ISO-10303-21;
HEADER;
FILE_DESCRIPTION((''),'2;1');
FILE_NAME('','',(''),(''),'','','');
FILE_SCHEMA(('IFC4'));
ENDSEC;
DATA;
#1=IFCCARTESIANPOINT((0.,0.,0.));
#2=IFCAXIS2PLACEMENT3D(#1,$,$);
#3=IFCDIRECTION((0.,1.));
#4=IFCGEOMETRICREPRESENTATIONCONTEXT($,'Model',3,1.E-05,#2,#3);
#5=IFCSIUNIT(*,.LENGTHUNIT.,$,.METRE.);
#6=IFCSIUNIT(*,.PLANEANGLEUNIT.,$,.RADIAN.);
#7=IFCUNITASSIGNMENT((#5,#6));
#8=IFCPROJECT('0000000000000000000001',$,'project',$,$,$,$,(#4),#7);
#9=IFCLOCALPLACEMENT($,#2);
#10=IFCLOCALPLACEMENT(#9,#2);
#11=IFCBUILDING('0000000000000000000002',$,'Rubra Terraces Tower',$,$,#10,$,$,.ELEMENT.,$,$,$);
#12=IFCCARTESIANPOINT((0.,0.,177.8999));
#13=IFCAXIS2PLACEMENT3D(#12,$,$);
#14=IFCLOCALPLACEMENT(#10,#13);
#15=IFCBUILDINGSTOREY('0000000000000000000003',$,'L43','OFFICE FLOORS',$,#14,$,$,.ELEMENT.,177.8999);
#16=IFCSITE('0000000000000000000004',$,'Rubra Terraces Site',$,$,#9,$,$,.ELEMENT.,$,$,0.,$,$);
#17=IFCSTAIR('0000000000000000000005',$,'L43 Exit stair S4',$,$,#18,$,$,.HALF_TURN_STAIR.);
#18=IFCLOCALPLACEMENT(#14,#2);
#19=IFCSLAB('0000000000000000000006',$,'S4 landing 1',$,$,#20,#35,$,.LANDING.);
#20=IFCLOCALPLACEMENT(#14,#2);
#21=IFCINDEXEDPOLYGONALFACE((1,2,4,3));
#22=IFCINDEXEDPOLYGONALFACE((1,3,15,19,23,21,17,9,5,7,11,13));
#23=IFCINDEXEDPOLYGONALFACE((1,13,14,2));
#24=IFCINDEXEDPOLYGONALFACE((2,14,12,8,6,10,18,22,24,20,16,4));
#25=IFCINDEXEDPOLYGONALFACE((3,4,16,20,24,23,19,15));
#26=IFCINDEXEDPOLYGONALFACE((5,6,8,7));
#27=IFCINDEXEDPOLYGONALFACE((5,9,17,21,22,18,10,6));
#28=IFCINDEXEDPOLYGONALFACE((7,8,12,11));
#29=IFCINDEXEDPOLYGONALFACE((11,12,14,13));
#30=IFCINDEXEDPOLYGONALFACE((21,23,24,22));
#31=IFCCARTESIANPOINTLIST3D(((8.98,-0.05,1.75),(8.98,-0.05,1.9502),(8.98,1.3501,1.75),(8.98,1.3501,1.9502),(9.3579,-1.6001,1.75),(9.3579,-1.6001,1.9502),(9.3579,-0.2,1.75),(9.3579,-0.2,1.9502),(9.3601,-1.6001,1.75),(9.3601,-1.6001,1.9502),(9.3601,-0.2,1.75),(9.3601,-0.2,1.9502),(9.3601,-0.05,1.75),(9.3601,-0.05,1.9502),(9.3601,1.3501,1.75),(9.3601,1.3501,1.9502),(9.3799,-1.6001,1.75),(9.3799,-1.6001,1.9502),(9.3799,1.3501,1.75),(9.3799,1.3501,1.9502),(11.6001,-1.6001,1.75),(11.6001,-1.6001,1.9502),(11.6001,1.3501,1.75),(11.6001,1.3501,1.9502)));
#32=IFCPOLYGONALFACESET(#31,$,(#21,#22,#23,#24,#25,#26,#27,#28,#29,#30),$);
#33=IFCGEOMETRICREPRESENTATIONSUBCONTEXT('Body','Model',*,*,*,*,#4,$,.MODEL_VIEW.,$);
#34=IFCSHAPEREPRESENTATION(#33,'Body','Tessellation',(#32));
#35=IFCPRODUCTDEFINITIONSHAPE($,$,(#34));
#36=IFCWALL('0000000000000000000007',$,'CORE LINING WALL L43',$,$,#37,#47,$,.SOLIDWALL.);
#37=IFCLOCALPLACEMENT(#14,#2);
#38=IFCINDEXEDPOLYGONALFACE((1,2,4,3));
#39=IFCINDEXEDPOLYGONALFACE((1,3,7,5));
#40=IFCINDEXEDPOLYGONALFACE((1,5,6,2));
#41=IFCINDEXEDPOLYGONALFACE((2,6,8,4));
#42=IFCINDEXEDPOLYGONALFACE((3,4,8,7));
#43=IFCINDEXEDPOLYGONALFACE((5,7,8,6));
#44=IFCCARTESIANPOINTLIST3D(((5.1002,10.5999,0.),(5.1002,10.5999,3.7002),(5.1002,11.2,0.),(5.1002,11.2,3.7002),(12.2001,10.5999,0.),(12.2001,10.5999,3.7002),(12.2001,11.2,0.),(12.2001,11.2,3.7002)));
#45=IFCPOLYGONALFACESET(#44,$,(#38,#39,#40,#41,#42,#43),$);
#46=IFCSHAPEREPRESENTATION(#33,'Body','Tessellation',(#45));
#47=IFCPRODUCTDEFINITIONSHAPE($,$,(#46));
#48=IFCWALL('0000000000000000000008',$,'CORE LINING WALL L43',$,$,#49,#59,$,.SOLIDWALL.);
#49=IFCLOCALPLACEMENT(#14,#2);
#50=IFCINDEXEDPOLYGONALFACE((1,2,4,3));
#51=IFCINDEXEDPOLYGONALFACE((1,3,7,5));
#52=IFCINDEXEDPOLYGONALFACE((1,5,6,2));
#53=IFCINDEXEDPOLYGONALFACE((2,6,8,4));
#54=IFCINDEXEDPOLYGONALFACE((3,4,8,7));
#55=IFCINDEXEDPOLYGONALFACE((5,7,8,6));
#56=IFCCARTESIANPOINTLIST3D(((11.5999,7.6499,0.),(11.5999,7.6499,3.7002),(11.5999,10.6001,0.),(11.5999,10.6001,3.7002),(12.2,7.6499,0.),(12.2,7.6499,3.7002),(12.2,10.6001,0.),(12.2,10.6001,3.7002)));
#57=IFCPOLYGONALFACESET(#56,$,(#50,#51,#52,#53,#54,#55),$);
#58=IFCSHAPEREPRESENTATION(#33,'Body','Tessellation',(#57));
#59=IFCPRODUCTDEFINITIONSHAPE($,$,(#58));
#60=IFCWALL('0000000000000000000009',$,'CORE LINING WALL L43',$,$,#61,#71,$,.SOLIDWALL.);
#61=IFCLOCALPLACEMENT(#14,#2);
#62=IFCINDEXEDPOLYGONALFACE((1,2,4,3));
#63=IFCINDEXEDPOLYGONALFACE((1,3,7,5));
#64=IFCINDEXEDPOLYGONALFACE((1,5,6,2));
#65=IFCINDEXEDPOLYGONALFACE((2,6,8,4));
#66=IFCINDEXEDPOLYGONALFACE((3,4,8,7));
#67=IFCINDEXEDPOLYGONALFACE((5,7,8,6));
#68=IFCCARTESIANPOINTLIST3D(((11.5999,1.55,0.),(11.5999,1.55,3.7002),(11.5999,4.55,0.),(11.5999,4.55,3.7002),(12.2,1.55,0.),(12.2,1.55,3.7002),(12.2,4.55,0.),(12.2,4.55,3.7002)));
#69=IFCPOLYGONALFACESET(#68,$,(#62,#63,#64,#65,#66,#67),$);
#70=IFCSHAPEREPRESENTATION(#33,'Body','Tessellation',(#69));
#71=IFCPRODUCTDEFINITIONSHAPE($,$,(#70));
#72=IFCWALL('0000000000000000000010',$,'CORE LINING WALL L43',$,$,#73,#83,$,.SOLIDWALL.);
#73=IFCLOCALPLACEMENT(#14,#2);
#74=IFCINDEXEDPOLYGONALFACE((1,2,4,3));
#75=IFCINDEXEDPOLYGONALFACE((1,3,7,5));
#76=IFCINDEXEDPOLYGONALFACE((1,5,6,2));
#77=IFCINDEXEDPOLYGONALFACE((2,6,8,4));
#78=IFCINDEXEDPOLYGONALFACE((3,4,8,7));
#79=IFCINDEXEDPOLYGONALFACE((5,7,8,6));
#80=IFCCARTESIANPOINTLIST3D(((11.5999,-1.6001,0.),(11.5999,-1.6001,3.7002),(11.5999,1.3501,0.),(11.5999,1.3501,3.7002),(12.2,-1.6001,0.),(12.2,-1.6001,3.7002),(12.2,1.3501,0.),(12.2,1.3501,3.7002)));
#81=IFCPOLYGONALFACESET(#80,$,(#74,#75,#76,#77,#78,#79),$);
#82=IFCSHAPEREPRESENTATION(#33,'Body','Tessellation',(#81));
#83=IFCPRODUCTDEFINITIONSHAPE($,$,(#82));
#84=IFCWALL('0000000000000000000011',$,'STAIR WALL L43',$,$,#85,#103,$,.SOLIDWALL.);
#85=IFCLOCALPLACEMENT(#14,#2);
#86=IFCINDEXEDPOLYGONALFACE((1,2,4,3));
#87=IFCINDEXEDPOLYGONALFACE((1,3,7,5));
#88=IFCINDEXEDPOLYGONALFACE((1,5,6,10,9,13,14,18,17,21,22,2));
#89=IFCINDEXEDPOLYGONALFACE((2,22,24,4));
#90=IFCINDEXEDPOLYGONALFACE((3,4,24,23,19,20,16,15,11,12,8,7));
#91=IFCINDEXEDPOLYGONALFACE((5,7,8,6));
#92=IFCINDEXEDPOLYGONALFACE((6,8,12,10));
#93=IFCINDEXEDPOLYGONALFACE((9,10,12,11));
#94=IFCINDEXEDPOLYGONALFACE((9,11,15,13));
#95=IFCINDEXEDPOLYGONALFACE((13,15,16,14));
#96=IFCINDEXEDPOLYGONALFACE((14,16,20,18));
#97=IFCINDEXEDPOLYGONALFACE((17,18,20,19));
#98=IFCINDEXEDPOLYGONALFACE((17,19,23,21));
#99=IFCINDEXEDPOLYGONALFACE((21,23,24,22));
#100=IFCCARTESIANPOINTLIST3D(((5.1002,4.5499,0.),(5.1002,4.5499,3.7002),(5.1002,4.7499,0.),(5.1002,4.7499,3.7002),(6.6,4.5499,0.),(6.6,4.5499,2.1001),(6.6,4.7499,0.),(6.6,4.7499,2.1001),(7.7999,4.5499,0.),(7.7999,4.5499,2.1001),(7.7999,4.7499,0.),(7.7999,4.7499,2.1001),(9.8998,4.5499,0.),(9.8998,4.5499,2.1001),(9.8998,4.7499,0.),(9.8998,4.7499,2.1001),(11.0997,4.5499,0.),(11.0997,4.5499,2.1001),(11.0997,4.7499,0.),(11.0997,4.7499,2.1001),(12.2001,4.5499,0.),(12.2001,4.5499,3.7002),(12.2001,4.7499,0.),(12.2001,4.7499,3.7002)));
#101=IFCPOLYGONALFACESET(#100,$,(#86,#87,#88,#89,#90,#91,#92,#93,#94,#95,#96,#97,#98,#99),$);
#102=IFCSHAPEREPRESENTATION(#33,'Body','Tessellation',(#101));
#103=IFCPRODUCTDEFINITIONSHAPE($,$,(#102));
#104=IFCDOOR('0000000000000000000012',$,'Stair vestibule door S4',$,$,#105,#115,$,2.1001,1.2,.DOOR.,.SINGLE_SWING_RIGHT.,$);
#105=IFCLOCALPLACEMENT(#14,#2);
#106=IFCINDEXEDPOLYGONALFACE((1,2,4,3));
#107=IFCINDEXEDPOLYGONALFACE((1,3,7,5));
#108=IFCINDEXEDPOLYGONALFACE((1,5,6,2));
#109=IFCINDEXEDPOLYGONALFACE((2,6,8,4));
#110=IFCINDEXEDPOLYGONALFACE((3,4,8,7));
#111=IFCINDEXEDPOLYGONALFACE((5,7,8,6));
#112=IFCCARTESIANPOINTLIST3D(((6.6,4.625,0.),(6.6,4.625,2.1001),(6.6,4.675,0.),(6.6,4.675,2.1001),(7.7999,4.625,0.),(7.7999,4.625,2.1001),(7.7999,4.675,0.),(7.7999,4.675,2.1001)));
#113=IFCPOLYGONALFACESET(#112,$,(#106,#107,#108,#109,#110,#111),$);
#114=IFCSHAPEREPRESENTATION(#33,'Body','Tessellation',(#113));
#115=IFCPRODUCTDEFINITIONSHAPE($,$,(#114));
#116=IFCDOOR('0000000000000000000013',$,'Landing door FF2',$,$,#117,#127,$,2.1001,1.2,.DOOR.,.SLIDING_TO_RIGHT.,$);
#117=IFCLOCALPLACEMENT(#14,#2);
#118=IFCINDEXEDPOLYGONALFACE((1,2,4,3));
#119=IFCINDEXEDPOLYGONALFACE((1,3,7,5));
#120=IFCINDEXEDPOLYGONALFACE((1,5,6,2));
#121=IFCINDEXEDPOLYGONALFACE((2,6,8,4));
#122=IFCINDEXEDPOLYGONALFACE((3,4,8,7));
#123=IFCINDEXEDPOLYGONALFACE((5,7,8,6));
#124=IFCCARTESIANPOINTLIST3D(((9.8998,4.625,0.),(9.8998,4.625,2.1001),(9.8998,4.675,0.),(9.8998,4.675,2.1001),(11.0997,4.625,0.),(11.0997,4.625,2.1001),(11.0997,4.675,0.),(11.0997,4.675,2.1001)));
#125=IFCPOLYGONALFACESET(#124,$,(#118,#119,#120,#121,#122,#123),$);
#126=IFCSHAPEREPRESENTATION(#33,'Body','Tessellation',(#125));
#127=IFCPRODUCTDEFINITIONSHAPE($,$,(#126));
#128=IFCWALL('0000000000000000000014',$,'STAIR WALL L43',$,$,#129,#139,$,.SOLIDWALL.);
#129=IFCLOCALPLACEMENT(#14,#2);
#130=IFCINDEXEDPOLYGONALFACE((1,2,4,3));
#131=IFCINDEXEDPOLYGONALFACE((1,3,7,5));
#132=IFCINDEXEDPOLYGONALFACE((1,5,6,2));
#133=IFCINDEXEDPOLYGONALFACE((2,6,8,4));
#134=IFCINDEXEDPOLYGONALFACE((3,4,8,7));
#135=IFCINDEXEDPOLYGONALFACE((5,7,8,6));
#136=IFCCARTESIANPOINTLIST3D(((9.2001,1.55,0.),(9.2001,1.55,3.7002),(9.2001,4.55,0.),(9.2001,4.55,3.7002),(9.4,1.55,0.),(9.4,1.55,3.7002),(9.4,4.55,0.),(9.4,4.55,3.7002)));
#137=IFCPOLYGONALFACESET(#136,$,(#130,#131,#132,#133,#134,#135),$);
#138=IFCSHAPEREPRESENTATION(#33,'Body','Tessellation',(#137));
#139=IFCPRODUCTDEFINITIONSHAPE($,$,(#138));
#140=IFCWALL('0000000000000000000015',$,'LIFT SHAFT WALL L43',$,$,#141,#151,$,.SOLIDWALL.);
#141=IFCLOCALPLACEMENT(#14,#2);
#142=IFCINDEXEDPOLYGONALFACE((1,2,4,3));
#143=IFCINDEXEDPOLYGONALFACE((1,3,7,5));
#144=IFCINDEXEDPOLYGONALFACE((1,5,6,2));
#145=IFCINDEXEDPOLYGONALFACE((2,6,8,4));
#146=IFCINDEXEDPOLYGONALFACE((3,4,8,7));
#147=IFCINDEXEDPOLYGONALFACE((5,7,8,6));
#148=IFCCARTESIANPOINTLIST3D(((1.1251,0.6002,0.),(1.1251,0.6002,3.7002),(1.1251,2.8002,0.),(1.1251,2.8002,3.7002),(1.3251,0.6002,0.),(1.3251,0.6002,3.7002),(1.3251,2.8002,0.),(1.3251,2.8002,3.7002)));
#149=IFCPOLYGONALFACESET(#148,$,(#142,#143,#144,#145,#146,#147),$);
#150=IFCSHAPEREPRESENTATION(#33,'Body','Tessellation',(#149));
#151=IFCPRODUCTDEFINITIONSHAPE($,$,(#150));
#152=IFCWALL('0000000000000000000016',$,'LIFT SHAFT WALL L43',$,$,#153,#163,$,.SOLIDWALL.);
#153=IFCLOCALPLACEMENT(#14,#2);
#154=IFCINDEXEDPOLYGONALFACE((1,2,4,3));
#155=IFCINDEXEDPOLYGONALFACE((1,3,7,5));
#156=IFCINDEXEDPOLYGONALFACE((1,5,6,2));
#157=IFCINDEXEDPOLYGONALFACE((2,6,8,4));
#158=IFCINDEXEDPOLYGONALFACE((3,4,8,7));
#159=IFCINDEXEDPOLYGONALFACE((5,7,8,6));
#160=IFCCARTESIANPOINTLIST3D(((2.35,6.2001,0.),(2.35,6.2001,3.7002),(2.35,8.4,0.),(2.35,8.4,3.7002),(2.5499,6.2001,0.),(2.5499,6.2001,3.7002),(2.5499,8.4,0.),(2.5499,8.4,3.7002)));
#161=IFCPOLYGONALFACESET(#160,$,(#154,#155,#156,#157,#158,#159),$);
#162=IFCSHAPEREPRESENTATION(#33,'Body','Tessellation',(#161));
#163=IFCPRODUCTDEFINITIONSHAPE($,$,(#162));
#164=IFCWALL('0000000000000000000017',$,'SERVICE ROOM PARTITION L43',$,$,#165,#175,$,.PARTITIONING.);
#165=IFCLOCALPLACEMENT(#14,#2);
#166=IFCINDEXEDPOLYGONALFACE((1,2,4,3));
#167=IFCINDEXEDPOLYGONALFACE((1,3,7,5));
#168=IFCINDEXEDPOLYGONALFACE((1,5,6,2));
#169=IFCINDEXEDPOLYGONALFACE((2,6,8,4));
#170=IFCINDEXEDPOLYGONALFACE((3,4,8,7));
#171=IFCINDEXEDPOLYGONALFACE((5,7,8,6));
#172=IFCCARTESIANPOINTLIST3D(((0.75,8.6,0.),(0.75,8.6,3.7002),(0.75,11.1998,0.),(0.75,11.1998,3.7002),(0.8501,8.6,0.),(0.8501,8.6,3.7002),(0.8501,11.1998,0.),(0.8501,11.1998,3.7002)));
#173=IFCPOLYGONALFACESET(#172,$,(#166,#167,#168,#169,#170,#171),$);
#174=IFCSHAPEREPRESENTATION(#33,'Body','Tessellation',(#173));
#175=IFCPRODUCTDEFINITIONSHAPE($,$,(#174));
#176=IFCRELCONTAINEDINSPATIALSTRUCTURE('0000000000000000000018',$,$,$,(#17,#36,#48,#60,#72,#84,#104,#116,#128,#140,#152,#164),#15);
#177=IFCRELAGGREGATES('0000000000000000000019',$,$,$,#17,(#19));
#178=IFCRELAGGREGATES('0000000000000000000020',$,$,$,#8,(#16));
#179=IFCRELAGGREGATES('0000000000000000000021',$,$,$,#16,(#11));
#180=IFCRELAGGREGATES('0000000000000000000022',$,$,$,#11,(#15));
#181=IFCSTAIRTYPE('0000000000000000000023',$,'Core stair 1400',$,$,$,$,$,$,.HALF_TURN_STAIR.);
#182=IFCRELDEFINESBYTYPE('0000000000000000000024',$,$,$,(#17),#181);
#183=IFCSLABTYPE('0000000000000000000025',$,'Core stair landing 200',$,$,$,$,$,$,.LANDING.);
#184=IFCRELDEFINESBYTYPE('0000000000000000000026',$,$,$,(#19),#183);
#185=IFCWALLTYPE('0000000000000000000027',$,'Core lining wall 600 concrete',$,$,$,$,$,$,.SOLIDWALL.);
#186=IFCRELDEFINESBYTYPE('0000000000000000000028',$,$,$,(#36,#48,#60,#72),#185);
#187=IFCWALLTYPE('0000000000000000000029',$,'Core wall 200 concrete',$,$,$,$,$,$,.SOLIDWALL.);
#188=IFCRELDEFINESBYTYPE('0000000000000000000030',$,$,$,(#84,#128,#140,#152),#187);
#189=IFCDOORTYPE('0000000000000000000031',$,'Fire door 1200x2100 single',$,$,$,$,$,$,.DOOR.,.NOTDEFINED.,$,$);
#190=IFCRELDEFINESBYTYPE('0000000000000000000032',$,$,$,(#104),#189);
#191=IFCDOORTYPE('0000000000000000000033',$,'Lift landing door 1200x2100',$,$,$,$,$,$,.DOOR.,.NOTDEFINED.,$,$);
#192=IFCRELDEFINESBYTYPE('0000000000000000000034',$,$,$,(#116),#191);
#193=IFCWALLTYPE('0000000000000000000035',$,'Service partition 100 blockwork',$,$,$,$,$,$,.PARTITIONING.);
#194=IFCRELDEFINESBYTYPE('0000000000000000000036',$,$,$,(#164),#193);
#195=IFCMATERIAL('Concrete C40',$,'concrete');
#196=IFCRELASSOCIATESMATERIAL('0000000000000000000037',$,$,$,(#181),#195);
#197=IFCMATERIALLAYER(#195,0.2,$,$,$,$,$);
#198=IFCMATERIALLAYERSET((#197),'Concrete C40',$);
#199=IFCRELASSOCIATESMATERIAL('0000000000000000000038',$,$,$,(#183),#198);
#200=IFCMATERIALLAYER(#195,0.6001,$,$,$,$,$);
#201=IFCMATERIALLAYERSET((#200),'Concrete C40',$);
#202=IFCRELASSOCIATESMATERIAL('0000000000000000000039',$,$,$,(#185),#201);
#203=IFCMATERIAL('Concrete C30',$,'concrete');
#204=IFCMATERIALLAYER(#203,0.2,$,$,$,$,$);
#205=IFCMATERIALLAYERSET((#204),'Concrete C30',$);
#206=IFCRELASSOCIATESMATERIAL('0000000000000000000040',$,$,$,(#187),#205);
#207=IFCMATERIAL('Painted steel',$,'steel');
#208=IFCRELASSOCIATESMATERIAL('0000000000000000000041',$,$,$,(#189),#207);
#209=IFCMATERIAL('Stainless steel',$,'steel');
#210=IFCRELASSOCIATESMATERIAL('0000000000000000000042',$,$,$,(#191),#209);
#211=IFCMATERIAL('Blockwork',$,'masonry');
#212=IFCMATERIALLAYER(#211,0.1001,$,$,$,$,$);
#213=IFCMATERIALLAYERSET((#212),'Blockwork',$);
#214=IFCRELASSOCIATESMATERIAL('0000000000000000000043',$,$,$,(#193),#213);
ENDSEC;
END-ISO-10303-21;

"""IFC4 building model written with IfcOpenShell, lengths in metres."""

from ifc_helpers import new_model, si_unit, direction, frame, frame_2d, origin, place, context, subcontext, project, spatial, polyline, rectangle, outline, extrude, material, layer, layer_set, type_object, element, fill, aggregate, save


model = new_model("IFC4")

# Units and contexts
model_context = context("Model", 3, precision=1e-05, world=origin(), true_north=direction((0.0, 1.0)))
body_context = subcontext(model_context, "Body", "Model", "MODEL_VIEW")
ifc_project = project(units=[si_unit("LENGTHUNIT", "METRE"), si_unit("PLANEANGLEUNIT", "RADIAN")], contexts=[model_context])

# Site, building, storey
site_placement = place(None, origin())
site = spatial("IfcSite", under=ifc_project, at=site_placement, Name="Rubra Terraces Site", CompositionType="ELEMENT", RefElevation=0.0)
building_placement = place(site_placement, origin())
building = spatial("IfcBuilding", under=site, at=building_placement, Name="Rubra Terraces Tower", CompositionType="ELEMENT")
storey_placement = place(building_placement, frame((0.0, 0.0, 177.8999)))
storey = spatial("IfcBuildingStorey", under=building, at=storey_placement, Name="L43", Description="OFFICE FLOORS", CompositionType="ELEMENT", Elevation=177.8999)

# Stair, slab
ifc_material_1 = material(Name="Concrete C40", Category="concrete")
stair_type = type_object("IfcStairType", Name="Core stair 1400", PredefinedType="HALF_TURN_STAIR", material=ifc_material_1)
stair_1_placement = place(storey_placement, origin())
stair_1 = element("IfcStair", 1, at=stair_1_placement, inside=storey, type_object=stair_type, Name="L43 Exit stair S4", PredefinedType="HALF_TURN_STAIR")
ifc_layer_1 = layer(ifc_material_1, 0.2)
ifc_layer_set_1 = layer_set([ifc_layer_1], Name="Concrete C40")
slab_type = type_object("IfcSlabType", Name="Core stair landing 200", PredefinedType="LANDING", material=ifc_layer_set_1)
slab_placement = place(storey_placement, frame((0.0, 0.0, 1.75)))
slab = element("IfcSlab", 2, at=slab_placement, type_object=slab_type, Name="S4 landing 1", PredefinedType="LANDING", context=body_context, shape_type="SweptSolid", body=[
    extrude(outline(polyline([(9.3601, -0.2), (9.3601, -0.05), (8.98, -0.05), (8.98, 1.3501), (9.3601, 1.3501), (9.3799, 1.3501), (11.6001, 1.3501), (11.6001, -1.6001), (9.3799, -1.6001), (9.3601, -1.6001), (9.3579, -1.6001), (9.3579, -0.2), (9.3601, -0.2)])), origin(), (0.0, 0.0, 1.0), 0.2002),
])

# Walls
ifc_layer_2 = layer(ifc_material_1, 0.6001)
ifc_layer_set_2 = layer_set([ifc_layer_2], Name="Concrete C40")
wall_type_1 = type_object("IfcWallType", Name="Core lining wall 600 concrete", PredefinedType="SOLIDWALL", material=ifc_layer_set_2)
wall_1_placement = place(storey_placement, frame((12.2, 10.8999, 0.0), z_axis=(0.0, 0.0, 1.0), x_axis=(-1.0, 0.0, 0.0)))
element("IfcWall", 3, at=wall_1_placement, inside=storey, type_object=wall_type_1, Name="CORE LINING WALL L43", PredefinedType="SOLIDWALL", context=body_context, shape_type="SweptSolid", body=[
    extrude(rectangle(XDim=7.0999, YDim=0.6001, at=frame_2d((3.5498, 0.0))), origin(), (0.0, 0.0, 1.0), 3.7002),
])
wall_2_placement = place(storey_placement, frame((11.8999, 10.6001, 0.0), z_axis=(0.0, 0.0, 1.0), x_axis=(0.0, -1.0, 0.0)))
element("IfcWall", 4, at=wall_2_placement, inside=storey, type_object=wall_type_1, Name="CORE LINING WALL L43", PredefinedType="SOLIDWALL", context=body_context, shape_type="SweptSolid", body=[
    extrude(rectangle(XDim=2.9502, YDim=0.6001, at=frame_2d((1.4751, 0.0))), origin(), (0.0, 0.0, 1.0), 3.7002),
])
wall_3_placement = place(storey_placement, frame((11.8999, 4.55, 0.0), z_axis=(0.0, 0.0, 1.0), x_axis=(0.0, -1.0, 0.0)))
element("IfcWall", 5, at=wall_3_placement, inside=storey, type_object=wall_type_1, Name="CORE LINING WALL L43", PredefinedType="SOLIDWALL", context=body_context, shape_type="SweptSolid", body=[
    extrude(rectangle(XDim=3.0, YDim=0.6001, at=frame_2d((1.5, 0.0))), origin(), (0.0, 0.0, 1.0), 3.7002),
])
wall_4_placement = place(storey_placement, frame((11.8999, 1.3501, 0.0), z_axis=(0.0, 0.0, 1.0), x_axis=(0.0, -1.0, 0.0)))
element("IfcWall", 6, at=wall_4_placement, inside=storey, type_object=wall_type_1, Name="CORE LINING WALL L43", PredefinedType="SOLIDWALL", context=body_context, shape_type="SweptSolid", body=[
    extrude(rectangle(XDim=2.9502, YDim=0.6001, at=frame_2d((1.4751, 0.0))), origin(), (0.0, 0.0, 1.0), 3.7002),
])

# Wall, openings, doors
ifc_material_2 = material(Name="Concrete C30", Category="concrete")
ifc_layer_3 = layer(ifc_material_2, 0.2)
ifc_layer_set_3 = layer_set([ifc_layer_3], Name="Concrete C30")
wall_type_2 = type_object("IfcWallType", Name="Core wall 200 concrete", PredefinedType="SOLIDWALL", material=ifc_layer_set_3)
wall_5_placement = place(storey_placement, frame((12.2, 4.6499, 0.0), z_axis=(0.0, 0.0, 1.0), x_axis=(-1.0, 0.0, 0.0)))
wall_5 = element("IfcWall", 7, at=wall_5_placement, inside=storey, type_object=wall_type_2, Name="STAIR WALL L43", PredefinedType="SOLIDWALL", context=body_context, shape_type="SweptSolid", body=[
    extrude(rectangle(XDim=7.0999, YDim=0.2, at=frame_2d((3.5498, 0.0))), origin(), (0.0, 0.0, 1.0), 3.7002),
])
opening_1_placement = place(wall_5_placement, frame((4.3999, 0.0, 0.0)))
opening_1 = element("IfcOpeningElement", 8, at=opening_1_placement, cuts=wall_5, PredefinedType="OPENING", context=body_context, shape_type="SweptSolid", body=[
    extrude(rectangle(XDim=1.2, YDim=2.1001, at=frame_2d((0.6001, 1.05))), frame((0.0, 0.1099, 0.0), z_axis=(0.0, -1.0, 0.0), x_axis=(1.0, 0.0, 0.0)), (0.0, 0.0, 1.0), 0.22),
])
opening_2_placement = place(wall_5_placement, frame((1.1001, 0.0, 0.0)))
opening_2 = element("IfcOpeningElement", 9, at=opening_2_placement, cuts=wall_5, PredefinedType="OPENING", context=body_context, shape_type="SweptSolid", body=[
    extrude(rectangle(XDim=1.2, YDim=2.1001, at=frame_2d((0.6001, 1.05))), frame((0.0, 0.1099, 0.0), z_axis=(0.0, -1.0, 0.0), x_axis=(1.0, 0.0, 0.0)), (0.0, 0.0, 1.0), 0.22),
])
ifc_material_3 = material(Name="Painted steel", Category="steel")
door_type_1 = type_object("IfcDoorType", Name="Fire door 1200x2100 single", OperationType="NOTDEFINED", PredefinedType="DOOR", material=ifc_material_3)
door_1_placement = place(opening_1_placement, origin())
door_1 = element("IfcDoor", 10, at=door_1_placement, inside=storey, type_object=door_type_1, Name="Stair vestibule door S4", OperationType="SINGLE_SWING_RIGHT", OverallHeight=2.1001, OverallWidth=1.2, PredefinedType="DOOR", context=body_context, shape_type="SweptSolid", body=[
    extrude(rectangle(XDim=1.2, YDim=2.1001, at=frame_2d((0.6001, 1.05))), frame((0.0, 0.0249, 0.0), z_axis=(0.0, -1.0, 0.0), x_axis=(1.0, 0.0, 0.0)), (0.0, 0.0, 1.0), 0.05),
])
fill(opening_1, door_1)
ifc_material_4 = material(Name="Stainless steel", Category="steel")
door_type_2 = type_object("IfcDoorType", Name="Lift landing door 1200x2100", OperationType="NOTDEFINED", PredefinedType="DOOR", material=ifc_material_4)
door_2_placement = place(opening_2_placement, origin())
door_2 = element("IfcDoor", 11, at=door_2_placement, inside=storey, type_object=door_type_2, Name="Landing door FF2", OperationType="SLIDING_TO_RIGHT", OverallHeight=2.1001, OverallWidth=1.2, PredefinedType="DOOR", context=body_context, shape_type="SweptSolid", body=[
    extrude(rectangle(XDim=1.2, YDim=2.1001, at=frame_2d((0.6001, 1.05))), frame((0.0, 0.0249, 0.0), z_axis=(0.0, -1.0, 0.0), x_axis=(1.0, 0.0, 0.0)), (0.0, 0.0, 1.0), 0.05),
])
fill(opening_2, door_2)

# Walls
wall_6_placement = place(storey_placement, frame((9.3, 4.55, 0.0), z_axis=(0.0, 0.0, 1.0), x_axis=(0.0, -1.0, 0.0)))
element("IfcWall", 12, at=wall_6_placement, inside=storey, type_object=wall_type_2, Name="STAIR WALL L43", PredefinedType="SOLIDWALL", context=body_context, shape_type="SweptSolid", body=[
    extrude(rectangle(XDim=3.0, YDim=0.2, at=frame_2d((1.5, 0.0))), origin(), (0.0, 0.0, 1.0), 3.7002),
])
for number, where, z_axis, x_axis, name in (
    (13, (1.2251, 0.6001, 0.0), (0.0, 0.0, 1.0), (0.0, 1.0, 0.0), "LIFT SHAFT WALL L43"),
    (14, (2.45, 6.2, 0.0), (0.0, 0.0, 1.0), (0.0, 1.0, 0.0), "LIFT SHAFT WALL L43"),
):
    element("IfcWall", number, at=place(storey_placement, frame(where, z_axis=z_axis, x_axis=x_axis)), inside=storey, type_object=wall_type_2, Name=name, PredefinedType="SOLIDWALL", context=body_context, shape_type="SweptSolid", body=[
        extrude(rectangle(XDim=2.2, YDim=0.2, at=frame_2d((1.1001, 0.0))), origin(), (0.0, 0.0, 1.0), 3.7002),
    ])
ifc_material_5 = material(Name="Blockwork", Category="masonry")
ifc_layer_4 = layer(ifc_material_5, 0.1001)
ifc_layer_set_4 = layer_set([ifc_layer_4], Name="Blockwork")
wall_type_3 = type_object("IfcWallType", Name="Service partition 100 blockwork", PredefinedType="PARTITIONING", material=ifc_layer_set_4)
for number, where, z_axis, x_axis, name in (
    (15, (0.8, 8.6001, 0.0), (0.0, 0.0, 1.0), (0.0, 1.0, 0.0), "SERVICE ROOM PARTITION L43"),
):
    element("IfcWall", number, at=place(storey_placement, frame(where, z_axis=z_axis, x_axis=x_axis)), inside=storey, type_object=wall_type_3, Name=name, PredefinedType="PARTITIONING", context=body_context, shape_type="SweptSolid", body=[
        extrude(rectangle(XDim=2.5999, YDim=0.1001, at=frame_2d((1.2998, 0.0))), origin(), (0.0, 0.0, 1.0), 3.7002),
    ])

aggregate(stair_1, [slab])

save(model, "model.ifc")
